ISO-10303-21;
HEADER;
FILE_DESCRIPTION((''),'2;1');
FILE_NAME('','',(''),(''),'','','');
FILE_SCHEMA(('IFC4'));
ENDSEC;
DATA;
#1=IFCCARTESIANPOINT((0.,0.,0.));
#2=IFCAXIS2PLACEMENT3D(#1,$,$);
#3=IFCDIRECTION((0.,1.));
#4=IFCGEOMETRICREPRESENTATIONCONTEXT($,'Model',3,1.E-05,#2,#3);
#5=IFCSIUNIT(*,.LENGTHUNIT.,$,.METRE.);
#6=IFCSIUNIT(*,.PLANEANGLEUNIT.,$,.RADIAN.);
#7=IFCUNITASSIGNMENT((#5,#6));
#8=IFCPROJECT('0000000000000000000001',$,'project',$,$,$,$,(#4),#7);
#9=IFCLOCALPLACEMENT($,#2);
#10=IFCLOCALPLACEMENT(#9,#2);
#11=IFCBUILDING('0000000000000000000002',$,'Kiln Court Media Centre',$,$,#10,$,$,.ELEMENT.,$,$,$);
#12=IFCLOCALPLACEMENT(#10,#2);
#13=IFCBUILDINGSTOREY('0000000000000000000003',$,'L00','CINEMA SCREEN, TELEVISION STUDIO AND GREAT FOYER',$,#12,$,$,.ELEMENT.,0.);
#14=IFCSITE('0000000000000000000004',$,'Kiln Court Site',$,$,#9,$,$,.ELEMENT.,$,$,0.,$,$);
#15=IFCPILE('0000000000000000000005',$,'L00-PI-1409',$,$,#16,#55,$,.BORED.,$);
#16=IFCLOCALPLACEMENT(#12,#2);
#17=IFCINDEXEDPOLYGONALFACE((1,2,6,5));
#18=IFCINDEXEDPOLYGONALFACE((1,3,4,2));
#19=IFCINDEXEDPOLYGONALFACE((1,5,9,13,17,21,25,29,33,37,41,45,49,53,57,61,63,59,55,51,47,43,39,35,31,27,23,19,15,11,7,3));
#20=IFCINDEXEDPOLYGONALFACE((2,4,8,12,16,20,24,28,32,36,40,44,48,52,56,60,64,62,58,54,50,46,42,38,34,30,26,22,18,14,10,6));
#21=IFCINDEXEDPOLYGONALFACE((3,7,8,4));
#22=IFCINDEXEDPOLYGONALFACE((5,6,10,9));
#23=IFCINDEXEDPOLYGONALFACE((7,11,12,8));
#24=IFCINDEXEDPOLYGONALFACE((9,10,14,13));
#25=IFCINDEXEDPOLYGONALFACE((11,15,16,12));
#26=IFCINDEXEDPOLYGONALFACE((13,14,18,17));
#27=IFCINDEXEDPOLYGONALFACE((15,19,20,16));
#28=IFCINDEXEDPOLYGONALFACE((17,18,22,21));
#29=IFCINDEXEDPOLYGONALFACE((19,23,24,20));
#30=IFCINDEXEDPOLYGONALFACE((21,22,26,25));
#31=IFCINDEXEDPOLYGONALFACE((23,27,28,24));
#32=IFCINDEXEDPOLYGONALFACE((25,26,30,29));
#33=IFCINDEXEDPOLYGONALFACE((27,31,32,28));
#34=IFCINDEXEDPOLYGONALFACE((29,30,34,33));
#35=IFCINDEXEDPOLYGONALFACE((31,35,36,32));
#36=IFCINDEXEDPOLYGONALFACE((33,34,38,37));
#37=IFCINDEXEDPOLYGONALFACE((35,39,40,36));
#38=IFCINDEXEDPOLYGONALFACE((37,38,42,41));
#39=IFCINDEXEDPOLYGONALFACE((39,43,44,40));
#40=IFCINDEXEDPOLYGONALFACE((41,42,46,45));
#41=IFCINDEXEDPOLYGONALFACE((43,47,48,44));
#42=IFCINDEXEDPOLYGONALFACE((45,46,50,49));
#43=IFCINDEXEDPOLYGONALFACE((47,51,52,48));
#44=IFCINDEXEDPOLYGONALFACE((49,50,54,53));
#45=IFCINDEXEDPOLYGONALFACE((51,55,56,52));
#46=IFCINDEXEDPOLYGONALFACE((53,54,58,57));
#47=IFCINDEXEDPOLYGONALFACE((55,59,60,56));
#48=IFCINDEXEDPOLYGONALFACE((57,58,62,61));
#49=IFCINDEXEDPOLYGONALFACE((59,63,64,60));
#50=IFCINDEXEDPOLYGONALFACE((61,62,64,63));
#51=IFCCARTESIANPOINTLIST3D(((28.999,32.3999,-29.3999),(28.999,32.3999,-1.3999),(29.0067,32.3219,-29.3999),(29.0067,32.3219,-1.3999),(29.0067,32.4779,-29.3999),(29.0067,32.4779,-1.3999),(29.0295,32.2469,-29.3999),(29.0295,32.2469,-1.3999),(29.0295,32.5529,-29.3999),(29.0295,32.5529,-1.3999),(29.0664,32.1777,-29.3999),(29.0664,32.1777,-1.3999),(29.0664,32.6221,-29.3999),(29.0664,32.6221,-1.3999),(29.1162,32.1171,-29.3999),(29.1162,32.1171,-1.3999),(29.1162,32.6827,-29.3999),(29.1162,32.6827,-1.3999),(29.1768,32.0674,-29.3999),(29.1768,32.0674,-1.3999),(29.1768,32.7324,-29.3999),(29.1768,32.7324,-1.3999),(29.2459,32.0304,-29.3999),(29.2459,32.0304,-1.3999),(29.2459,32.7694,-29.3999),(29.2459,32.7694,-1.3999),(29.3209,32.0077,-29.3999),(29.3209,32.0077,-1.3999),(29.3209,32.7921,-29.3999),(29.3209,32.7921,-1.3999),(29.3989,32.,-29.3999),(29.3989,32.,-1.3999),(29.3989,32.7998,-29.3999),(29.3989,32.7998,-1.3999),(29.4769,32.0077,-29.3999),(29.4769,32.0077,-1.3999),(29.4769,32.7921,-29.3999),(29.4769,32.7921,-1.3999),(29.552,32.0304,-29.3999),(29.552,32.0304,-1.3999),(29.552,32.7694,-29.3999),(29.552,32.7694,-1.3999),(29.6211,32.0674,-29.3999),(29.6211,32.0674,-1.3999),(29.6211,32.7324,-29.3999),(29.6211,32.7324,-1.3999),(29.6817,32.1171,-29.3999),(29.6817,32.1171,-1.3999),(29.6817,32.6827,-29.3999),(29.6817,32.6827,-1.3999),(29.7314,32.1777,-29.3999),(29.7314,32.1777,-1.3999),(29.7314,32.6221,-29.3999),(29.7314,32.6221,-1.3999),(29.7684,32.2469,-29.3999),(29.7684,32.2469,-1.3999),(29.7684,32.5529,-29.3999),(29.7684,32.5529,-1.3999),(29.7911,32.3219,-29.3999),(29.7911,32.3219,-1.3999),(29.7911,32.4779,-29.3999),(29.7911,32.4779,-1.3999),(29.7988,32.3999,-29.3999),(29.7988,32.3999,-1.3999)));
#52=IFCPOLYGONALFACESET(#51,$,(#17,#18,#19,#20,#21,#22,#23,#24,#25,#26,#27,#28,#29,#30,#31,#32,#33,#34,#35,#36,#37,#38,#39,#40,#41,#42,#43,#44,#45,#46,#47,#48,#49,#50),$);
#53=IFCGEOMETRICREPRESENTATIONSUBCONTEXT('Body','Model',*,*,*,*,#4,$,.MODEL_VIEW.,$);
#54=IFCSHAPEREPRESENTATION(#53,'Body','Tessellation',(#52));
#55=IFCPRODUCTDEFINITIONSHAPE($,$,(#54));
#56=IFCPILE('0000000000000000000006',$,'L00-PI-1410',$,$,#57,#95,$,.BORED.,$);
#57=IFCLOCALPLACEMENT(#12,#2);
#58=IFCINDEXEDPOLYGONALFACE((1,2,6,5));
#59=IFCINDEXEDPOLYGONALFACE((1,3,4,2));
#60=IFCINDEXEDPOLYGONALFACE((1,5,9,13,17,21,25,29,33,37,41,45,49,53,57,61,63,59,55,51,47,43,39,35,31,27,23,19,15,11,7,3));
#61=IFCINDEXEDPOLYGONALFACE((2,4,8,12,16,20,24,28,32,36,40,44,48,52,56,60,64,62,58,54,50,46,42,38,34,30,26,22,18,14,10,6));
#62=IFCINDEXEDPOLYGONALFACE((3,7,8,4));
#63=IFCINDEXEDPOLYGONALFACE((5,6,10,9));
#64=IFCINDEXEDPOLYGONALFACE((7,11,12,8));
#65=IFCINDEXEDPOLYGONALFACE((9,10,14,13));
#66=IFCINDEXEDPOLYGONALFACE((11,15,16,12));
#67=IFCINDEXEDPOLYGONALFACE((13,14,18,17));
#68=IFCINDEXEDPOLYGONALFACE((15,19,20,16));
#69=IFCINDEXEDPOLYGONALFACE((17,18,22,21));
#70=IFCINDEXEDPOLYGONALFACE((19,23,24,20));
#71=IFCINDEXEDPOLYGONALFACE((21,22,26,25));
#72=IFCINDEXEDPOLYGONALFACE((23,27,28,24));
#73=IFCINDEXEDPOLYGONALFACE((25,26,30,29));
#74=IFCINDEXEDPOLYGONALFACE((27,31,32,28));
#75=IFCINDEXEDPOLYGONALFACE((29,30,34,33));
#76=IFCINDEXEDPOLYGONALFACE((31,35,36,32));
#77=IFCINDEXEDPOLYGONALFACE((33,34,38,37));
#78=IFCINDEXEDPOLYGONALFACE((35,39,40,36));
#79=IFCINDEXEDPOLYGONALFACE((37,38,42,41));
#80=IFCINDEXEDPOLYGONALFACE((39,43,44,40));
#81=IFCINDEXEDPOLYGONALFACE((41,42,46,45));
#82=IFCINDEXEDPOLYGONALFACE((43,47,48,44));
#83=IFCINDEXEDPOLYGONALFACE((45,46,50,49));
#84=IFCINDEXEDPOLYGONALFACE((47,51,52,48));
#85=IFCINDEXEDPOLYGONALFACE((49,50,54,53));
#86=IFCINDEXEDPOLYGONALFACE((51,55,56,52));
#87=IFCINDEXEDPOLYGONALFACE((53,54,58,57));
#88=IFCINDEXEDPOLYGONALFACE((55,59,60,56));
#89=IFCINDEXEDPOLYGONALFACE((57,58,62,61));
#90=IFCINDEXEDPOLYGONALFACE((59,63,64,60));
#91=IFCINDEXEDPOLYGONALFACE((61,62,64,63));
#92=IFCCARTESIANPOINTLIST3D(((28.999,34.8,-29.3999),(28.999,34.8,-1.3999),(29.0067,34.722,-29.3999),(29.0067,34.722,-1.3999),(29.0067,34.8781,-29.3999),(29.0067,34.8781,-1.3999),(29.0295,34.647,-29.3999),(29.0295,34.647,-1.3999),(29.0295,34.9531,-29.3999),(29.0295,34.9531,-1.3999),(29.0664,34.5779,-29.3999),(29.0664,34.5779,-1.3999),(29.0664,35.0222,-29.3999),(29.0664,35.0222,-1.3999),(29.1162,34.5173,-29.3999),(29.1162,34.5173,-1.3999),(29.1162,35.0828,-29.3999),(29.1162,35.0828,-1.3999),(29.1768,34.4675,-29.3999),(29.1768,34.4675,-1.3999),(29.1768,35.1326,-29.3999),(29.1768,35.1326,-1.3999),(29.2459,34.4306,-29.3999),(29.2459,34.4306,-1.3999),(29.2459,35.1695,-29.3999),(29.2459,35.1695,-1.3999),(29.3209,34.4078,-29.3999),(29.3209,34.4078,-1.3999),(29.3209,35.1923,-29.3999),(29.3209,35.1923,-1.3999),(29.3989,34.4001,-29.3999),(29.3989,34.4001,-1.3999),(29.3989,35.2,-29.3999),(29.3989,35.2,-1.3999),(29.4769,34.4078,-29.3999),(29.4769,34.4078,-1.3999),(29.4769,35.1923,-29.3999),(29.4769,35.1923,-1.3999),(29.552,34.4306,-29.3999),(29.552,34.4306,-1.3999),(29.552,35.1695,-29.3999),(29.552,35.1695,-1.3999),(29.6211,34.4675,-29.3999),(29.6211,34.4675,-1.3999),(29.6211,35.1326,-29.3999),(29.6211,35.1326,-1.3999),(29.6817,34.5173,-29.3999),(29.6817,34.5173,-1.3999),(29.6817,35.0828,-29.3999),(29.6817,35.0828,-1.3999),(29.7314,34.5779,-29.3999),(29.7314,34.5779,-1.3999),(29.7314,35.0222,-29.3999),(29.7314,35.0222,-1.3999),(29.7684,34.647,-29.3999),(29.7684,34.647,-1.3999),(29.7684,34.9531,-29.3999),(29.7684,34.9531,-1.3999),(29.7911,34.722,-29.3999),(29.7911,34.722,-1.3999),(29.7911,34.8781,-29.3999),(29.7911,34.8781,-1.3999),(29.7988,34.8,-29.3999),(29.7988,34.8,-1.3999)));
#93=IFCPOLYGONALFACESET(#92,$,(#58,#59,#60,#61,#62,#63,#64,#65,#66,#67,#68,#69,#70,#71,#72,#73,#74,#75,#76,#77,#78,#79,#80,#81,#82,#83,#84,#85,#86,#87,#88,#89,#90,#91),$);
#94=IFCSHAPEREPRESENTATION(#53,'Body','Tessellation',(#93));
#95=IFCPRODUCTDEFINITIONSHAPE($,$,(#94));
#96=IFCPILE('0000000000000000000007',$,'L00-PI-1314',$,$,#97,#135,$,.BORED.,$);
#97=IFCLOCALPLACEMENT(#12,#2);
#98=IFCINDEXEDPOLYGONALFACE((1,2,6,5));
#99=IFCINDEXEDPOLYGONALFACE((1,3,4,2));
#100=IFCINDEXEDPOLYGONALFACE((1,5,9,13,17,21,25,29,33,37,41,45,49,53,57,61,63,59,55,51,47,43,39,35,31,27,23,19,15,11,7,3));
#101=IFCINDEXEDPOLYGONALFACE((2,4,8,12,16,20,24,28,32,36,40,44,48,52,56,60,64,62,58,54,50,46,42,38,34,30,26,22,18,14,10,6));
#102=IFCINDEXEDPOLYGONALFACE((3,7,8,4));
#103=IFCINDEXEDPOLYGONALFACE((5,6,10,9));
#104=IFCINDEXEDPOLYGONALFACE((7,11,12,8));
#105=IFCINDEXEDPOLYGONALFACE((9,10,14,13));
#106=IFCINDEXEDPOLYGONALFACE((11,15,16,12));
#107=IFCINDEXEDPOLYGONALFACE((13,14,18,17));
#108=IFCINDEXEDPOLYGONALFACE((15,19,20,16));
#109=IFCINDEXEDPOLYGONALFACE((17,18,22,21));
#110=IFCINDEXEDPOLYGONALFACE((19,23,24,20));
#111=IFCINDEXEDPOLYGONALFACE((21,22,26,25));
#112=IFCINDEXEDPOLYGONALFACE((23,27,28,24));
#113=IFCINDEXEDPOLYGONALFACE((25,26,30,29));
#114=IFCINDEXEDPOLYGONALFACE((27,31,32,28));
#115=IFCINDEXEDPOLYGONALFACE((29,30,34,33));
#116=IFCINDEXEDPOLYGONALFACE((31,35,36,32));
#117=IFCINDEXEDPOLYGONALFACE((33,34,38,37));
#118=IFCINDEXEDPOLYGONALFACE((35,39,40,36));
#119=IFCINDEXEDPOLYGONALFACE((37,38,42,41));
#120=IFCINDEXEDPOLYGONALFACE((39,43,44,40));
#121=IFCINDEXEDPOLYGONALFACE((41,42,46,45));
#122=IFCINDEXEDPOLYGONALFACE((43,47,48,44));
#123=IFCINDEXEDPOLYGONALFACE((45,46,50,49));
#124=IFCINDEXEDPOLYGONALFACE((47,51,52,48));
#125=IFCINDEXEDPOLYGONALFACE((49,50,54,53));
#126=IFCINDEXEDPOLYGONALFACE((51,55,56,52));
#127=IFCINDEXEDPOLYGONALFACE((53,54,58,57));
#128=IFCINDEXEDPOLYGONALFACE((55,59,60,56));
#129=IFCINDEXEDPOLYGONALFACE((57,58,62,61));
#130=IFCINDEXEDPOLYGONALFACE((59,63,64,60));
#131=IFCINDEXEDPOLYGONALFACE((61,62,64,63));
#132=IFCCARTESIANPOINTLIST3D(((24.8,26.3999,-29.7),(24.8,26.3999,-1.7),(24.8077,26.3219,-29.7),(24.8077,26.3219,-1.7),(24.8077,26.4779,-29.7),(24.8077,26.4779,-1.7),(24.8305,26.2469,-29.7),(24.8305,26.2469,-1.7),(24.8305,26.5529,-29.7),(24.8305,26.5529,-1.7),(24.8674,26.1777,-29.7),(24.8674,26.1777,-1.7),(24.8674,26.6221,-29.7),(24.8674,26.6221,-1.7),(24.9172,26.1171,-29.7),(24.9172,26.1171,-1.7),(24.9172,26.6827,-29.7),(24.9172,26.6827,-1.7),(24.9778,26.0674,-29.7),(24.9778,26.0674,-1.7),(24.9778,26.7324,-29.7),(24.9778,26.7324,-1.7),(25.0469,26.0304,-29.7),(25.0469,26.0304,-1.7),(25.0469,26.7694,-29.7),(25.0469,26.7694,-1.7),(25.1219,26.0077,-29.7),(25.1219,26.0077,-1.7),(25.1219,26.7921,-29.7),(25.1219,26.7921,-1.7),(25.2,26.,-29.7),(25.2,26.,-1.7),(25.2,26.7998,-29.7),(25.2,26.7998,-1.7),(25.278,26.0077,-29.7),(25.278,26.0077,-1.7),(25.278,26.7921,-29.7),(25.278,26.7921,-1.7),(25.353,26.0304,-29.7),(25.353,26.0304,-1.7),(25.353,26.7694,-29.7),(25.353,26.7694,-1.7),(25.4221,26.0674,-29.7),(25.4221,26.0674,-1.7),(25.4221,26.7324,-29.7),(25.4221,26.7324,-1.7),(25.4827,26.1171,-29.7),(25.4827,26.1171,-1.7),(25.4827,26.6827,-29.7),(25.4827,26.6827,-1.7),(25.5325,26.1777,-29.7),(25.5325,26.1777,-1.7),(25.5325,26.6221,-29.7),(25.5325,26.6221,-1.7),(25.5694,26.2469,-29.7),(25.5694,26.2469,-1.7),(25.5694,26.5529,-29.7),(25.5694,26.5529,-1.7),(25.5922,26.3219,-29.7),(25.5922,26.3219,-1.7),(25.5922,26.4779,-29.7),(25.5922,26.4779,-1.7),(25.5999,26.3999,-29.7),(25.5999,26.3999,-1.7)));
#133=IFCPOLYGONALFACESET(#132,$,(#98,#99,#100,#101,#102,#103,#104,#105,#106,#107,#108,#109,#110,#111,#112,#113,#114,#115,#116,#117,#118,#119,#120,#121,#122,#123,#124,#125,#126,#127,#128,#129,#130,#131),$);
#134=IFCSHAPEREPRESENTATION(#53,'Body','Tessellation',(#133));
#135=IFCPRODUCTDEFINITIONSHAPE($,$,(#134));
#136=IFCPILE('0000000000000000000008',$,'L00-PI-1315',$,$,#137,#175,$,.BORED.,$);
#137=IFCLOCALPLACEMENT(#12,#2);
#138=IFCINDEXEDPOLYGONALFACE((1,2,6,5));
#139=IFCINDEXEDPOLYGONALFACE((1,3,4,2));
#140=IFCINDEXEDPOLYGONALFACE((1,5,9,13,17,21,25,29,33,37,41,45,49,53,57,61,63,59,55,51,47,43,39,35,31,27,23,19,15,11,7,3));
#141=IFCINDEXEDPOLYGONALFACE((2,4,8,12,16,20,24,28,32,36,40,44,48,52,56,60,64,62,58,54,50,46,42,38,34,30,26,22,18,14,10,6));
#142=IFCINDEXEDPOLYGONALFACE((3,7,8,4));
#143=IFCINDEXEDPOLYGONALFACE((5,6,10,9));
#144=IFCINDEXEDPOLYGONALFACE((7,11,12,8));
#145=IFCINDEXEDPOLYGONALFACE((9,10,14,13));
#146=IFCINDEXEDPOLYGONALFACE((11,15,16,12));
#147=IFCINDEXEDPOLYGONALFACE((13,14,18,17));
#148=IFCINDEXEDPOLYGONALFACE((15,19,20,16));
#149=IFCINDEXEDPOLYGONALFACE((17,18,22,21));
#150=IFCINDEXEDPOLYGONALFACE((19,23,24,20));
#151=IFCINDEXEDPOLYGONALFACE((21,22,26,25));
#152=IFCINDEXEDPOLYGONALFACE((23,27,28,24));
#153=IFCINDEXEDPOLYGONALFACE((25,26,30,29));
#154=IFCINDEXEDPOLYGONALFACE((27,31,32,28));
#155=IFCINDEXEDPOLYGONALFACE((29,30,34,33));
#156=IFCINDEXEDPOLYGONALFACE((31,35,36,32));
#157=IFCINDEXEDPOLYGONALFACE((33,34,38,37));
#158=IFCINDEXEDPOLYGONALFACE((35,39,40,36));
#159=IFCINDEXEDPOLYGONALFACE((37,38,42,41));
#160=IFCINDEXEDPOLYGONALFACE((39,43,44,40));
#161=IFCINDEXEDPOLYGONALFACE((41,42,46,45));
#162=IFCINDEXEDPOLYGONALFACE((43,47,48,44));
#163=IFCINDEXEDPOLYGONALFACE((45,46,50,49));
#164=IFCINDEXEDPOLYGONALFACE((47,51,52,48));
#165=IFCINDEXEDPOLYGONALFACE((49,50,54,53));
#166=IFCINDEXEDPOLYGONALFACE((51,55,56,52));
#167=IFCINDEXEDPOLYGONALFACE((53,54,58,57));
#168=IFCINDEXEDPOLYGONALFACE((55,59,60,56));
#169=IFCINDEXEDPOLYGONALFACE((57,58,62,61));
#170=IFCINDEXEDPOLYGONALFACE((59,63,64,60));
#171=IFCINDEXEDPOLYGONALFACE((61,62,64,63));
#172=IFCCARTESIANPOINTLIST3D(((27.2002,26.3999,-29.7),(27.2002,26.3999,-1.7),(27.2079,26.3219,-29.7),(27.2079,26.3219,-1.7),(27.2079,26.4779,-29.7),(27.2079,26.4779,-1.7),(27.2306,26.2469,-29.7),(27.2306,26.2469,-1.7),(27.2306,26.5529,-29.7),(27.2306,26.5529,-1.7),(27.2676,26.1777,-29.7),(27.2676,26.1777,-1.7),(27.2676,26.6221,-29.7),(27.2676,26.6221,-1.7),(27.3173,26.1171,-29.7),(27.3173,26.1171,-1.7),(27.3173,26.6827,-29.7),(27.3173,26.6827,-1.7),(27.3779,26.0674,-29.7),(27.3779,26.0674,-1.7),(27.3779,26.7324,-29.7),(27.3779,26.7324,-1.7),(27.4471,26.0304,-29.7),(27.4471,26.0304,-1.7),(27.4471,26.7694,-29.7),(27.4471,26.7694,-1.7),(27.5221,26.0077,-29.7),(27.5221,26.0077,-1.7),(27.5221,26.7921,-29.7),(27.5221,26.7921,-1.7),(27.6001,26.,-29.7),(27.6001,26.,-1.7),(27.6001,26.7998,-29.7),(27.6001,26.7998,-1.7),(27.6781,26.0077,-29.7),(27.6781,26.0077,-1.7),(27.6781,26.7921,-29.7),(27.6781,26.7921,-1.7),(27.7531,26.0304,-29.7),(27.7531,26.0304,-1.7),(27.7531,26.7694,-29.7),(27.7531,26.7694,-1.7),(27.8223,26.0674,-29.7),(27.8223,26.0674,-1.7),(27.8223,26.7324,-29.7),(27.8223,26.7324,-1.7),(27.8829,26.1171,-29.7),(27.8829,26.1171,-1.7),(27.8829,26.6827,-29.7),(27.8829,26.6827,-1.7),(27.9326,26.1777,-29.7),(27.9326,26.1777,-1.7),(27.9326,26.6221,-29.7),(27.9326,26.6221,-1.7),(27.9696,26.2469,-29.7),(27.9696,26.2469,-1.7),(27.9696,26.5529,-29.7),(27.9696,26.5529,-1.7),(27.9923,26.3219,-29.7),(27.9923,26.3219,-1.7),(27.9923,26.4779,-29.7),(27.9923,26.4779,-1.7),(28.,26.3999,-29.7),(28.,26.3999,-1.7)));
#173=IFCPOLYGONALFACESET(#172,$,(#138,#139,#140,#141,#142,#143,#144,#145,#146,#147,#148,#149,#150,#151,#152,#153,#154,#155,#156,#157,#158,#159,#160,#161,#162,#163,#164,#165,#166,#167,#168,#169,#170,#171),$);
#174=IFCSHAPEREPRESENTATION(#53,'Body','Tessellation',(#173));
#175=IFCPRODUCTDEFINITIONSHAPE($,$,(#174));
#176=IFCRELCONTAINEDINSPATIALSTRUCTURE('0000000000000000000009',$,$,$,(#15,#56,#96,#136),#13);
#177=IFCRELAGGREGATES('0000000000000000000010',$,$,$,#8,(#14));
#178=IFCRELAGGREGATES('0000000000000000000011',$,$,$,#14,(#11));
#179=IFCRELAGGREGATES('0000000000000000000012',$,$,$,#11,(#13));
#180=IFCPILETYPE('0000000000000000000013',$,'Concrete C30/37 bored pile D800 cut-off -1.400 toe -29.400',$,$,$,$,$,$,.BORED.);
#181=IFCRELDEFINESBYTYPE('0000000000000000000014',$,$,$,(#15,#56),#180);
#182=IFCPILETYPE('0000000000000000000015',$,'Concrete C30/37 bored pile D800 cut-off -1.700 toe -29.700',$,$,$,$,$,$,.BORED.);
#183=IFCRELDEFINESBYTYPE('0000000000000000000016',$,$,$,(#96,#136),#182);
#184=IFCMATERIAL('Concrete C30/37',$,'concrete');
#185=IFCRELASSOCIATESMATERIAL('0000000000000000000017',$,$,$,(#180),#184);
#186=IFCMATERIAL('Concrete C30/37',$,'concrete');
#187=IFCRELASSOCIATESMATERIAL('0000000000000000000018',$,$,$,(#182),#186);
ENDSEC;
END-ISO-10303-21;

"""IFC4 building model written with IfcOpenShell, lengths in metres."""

from ifc_helpers import new_model, si_unit, direction, frame, origin, origin_2d, place, context, subcontext, project, spatial, circle, extrude, material, material_profile, profile_set, type_object, element, save


model = new_model("IFC4")

# Units and contexts
model_context = context("Model", 3, precision=1e-05, world=origin(), true_north=direction((0.0, 1.0)))
body_context = subcontext(model_context, "Body", "Model", "MODEL_VIEW")
ifc_project = project(units=[si_unit("LENGTHUNIT", "METRE"), si_unit("PLANEANGLEUNIT", "RADIAN")], contexts=[model_context])

# Site, building, storey
site_placement = place(None, origin())
site = spatial("IfcSite", under=ifc_project, at=site_placement, Name="Kiln Court Site", CompositionType="ELEMENT", RefElevation=0.0)
building_placement = place(site_placement, origin())
building = spatial("IfcBuilding", under=site, at=building_placement, Name="Kiln Court Media Centre", CompositionType="ELEMENT")
storey_placement = place(building_placement, origin())
storey = spatial("IfcBuildingStorey", under=building, at=storey_placement, Name="L00", Description="CINEMA SCREEN, TELEVISION STUDIO AND GREAT FOYER", CompositionType="ELEMENT", Elevation=0.0)

# Piles
ifc_material_1 = material(Name="Concrete C30/37", Category="concrete")
ifc_material_profile_1 = material_profile(ifc_material_1, circle(Radius=0.3999, at=origin_2d()), Name="PILE D800")
ifc_profile_set_1 = profile_set([ifc_material_profile_1], Name="Concrete C30/37")
pile_type_1 = type_object("IfcPileType", Name="Concrete C30/37 bored pile D800 cut-off -1.400 toe -29.400", PredefinedType="BORED", material=ifc_profile_set_1)
for number, where, z_axis, x_axis, name in (
    (1, (29.3989, 32.3999, -1.3999), (0.0, 0.0, -1.0), (1.0, 0.0, 0.0), "L00-PI-1409"),
    (2, (29.3989, 34.8, -1.3999), (0.0, 0.0, -1.0), (1.0, 0.0, 0.0), "L00-PI-1410"),
):
    element("IfcPile", number, at=place(storey_placement, frame(where, z_axis=z_axis, x_axis=x_axis)), inside=storey, type_object=pile_type_1, Name=name, PredefinedType="BORED", context=body_context, shape_type="SweptSolid", body=[
        extrude(circle(Radius=0.3999, at=origin_2d()), origin(), (0.0, 0.0, 1.0), 28.0),
    ])
ifc_material_2 = material(Name="Concrete C30/37", Category="concrete")
ifc_material_profile_2 = material_profile(ifc_material_2, circle(Radius=0.3999, at=origin_2d()), Name="PILE D800")
ifc_profile_set_2 = profile_set([ifc_material_profile_2], Name="Concrete C30/37")
pile_type_2 = type_object("IfcPileType", Name="Concrete C30/37 bored pile D800 cut-off -1.700 toe -29.700", PredefinedType="BORED", material=ifc_profile_set_2)
for number, where, z_axis, x_axis, name in (
    (3, (25.2, 26.3999, -1.7), (0.0, 0.0, -1.0), (1.0, 0.0, 0.0), "L00-PI-1314"),
    (4, (27.6001, 26.3999, -1.7), (0.0, 0.0, -1.0), (1.0, 0.0, 0.0), "L00-PI-1315"),
):
    element("IfcPile", number, at=place(storey_placement, frame(where, z_axis=z_axis, x_axis=x_axis)), inside=storey, type_object=pile_type_2, Name=name, PredefinedType="BORED", context=body_context, shape_type="SweptSolid", body=[
        extrude(circle(Radius=0.3999, at=origin_2d()), origin(), (0.0, 0.0, 1.0), 28.0),
    ])

save(model, "model.ifc")
